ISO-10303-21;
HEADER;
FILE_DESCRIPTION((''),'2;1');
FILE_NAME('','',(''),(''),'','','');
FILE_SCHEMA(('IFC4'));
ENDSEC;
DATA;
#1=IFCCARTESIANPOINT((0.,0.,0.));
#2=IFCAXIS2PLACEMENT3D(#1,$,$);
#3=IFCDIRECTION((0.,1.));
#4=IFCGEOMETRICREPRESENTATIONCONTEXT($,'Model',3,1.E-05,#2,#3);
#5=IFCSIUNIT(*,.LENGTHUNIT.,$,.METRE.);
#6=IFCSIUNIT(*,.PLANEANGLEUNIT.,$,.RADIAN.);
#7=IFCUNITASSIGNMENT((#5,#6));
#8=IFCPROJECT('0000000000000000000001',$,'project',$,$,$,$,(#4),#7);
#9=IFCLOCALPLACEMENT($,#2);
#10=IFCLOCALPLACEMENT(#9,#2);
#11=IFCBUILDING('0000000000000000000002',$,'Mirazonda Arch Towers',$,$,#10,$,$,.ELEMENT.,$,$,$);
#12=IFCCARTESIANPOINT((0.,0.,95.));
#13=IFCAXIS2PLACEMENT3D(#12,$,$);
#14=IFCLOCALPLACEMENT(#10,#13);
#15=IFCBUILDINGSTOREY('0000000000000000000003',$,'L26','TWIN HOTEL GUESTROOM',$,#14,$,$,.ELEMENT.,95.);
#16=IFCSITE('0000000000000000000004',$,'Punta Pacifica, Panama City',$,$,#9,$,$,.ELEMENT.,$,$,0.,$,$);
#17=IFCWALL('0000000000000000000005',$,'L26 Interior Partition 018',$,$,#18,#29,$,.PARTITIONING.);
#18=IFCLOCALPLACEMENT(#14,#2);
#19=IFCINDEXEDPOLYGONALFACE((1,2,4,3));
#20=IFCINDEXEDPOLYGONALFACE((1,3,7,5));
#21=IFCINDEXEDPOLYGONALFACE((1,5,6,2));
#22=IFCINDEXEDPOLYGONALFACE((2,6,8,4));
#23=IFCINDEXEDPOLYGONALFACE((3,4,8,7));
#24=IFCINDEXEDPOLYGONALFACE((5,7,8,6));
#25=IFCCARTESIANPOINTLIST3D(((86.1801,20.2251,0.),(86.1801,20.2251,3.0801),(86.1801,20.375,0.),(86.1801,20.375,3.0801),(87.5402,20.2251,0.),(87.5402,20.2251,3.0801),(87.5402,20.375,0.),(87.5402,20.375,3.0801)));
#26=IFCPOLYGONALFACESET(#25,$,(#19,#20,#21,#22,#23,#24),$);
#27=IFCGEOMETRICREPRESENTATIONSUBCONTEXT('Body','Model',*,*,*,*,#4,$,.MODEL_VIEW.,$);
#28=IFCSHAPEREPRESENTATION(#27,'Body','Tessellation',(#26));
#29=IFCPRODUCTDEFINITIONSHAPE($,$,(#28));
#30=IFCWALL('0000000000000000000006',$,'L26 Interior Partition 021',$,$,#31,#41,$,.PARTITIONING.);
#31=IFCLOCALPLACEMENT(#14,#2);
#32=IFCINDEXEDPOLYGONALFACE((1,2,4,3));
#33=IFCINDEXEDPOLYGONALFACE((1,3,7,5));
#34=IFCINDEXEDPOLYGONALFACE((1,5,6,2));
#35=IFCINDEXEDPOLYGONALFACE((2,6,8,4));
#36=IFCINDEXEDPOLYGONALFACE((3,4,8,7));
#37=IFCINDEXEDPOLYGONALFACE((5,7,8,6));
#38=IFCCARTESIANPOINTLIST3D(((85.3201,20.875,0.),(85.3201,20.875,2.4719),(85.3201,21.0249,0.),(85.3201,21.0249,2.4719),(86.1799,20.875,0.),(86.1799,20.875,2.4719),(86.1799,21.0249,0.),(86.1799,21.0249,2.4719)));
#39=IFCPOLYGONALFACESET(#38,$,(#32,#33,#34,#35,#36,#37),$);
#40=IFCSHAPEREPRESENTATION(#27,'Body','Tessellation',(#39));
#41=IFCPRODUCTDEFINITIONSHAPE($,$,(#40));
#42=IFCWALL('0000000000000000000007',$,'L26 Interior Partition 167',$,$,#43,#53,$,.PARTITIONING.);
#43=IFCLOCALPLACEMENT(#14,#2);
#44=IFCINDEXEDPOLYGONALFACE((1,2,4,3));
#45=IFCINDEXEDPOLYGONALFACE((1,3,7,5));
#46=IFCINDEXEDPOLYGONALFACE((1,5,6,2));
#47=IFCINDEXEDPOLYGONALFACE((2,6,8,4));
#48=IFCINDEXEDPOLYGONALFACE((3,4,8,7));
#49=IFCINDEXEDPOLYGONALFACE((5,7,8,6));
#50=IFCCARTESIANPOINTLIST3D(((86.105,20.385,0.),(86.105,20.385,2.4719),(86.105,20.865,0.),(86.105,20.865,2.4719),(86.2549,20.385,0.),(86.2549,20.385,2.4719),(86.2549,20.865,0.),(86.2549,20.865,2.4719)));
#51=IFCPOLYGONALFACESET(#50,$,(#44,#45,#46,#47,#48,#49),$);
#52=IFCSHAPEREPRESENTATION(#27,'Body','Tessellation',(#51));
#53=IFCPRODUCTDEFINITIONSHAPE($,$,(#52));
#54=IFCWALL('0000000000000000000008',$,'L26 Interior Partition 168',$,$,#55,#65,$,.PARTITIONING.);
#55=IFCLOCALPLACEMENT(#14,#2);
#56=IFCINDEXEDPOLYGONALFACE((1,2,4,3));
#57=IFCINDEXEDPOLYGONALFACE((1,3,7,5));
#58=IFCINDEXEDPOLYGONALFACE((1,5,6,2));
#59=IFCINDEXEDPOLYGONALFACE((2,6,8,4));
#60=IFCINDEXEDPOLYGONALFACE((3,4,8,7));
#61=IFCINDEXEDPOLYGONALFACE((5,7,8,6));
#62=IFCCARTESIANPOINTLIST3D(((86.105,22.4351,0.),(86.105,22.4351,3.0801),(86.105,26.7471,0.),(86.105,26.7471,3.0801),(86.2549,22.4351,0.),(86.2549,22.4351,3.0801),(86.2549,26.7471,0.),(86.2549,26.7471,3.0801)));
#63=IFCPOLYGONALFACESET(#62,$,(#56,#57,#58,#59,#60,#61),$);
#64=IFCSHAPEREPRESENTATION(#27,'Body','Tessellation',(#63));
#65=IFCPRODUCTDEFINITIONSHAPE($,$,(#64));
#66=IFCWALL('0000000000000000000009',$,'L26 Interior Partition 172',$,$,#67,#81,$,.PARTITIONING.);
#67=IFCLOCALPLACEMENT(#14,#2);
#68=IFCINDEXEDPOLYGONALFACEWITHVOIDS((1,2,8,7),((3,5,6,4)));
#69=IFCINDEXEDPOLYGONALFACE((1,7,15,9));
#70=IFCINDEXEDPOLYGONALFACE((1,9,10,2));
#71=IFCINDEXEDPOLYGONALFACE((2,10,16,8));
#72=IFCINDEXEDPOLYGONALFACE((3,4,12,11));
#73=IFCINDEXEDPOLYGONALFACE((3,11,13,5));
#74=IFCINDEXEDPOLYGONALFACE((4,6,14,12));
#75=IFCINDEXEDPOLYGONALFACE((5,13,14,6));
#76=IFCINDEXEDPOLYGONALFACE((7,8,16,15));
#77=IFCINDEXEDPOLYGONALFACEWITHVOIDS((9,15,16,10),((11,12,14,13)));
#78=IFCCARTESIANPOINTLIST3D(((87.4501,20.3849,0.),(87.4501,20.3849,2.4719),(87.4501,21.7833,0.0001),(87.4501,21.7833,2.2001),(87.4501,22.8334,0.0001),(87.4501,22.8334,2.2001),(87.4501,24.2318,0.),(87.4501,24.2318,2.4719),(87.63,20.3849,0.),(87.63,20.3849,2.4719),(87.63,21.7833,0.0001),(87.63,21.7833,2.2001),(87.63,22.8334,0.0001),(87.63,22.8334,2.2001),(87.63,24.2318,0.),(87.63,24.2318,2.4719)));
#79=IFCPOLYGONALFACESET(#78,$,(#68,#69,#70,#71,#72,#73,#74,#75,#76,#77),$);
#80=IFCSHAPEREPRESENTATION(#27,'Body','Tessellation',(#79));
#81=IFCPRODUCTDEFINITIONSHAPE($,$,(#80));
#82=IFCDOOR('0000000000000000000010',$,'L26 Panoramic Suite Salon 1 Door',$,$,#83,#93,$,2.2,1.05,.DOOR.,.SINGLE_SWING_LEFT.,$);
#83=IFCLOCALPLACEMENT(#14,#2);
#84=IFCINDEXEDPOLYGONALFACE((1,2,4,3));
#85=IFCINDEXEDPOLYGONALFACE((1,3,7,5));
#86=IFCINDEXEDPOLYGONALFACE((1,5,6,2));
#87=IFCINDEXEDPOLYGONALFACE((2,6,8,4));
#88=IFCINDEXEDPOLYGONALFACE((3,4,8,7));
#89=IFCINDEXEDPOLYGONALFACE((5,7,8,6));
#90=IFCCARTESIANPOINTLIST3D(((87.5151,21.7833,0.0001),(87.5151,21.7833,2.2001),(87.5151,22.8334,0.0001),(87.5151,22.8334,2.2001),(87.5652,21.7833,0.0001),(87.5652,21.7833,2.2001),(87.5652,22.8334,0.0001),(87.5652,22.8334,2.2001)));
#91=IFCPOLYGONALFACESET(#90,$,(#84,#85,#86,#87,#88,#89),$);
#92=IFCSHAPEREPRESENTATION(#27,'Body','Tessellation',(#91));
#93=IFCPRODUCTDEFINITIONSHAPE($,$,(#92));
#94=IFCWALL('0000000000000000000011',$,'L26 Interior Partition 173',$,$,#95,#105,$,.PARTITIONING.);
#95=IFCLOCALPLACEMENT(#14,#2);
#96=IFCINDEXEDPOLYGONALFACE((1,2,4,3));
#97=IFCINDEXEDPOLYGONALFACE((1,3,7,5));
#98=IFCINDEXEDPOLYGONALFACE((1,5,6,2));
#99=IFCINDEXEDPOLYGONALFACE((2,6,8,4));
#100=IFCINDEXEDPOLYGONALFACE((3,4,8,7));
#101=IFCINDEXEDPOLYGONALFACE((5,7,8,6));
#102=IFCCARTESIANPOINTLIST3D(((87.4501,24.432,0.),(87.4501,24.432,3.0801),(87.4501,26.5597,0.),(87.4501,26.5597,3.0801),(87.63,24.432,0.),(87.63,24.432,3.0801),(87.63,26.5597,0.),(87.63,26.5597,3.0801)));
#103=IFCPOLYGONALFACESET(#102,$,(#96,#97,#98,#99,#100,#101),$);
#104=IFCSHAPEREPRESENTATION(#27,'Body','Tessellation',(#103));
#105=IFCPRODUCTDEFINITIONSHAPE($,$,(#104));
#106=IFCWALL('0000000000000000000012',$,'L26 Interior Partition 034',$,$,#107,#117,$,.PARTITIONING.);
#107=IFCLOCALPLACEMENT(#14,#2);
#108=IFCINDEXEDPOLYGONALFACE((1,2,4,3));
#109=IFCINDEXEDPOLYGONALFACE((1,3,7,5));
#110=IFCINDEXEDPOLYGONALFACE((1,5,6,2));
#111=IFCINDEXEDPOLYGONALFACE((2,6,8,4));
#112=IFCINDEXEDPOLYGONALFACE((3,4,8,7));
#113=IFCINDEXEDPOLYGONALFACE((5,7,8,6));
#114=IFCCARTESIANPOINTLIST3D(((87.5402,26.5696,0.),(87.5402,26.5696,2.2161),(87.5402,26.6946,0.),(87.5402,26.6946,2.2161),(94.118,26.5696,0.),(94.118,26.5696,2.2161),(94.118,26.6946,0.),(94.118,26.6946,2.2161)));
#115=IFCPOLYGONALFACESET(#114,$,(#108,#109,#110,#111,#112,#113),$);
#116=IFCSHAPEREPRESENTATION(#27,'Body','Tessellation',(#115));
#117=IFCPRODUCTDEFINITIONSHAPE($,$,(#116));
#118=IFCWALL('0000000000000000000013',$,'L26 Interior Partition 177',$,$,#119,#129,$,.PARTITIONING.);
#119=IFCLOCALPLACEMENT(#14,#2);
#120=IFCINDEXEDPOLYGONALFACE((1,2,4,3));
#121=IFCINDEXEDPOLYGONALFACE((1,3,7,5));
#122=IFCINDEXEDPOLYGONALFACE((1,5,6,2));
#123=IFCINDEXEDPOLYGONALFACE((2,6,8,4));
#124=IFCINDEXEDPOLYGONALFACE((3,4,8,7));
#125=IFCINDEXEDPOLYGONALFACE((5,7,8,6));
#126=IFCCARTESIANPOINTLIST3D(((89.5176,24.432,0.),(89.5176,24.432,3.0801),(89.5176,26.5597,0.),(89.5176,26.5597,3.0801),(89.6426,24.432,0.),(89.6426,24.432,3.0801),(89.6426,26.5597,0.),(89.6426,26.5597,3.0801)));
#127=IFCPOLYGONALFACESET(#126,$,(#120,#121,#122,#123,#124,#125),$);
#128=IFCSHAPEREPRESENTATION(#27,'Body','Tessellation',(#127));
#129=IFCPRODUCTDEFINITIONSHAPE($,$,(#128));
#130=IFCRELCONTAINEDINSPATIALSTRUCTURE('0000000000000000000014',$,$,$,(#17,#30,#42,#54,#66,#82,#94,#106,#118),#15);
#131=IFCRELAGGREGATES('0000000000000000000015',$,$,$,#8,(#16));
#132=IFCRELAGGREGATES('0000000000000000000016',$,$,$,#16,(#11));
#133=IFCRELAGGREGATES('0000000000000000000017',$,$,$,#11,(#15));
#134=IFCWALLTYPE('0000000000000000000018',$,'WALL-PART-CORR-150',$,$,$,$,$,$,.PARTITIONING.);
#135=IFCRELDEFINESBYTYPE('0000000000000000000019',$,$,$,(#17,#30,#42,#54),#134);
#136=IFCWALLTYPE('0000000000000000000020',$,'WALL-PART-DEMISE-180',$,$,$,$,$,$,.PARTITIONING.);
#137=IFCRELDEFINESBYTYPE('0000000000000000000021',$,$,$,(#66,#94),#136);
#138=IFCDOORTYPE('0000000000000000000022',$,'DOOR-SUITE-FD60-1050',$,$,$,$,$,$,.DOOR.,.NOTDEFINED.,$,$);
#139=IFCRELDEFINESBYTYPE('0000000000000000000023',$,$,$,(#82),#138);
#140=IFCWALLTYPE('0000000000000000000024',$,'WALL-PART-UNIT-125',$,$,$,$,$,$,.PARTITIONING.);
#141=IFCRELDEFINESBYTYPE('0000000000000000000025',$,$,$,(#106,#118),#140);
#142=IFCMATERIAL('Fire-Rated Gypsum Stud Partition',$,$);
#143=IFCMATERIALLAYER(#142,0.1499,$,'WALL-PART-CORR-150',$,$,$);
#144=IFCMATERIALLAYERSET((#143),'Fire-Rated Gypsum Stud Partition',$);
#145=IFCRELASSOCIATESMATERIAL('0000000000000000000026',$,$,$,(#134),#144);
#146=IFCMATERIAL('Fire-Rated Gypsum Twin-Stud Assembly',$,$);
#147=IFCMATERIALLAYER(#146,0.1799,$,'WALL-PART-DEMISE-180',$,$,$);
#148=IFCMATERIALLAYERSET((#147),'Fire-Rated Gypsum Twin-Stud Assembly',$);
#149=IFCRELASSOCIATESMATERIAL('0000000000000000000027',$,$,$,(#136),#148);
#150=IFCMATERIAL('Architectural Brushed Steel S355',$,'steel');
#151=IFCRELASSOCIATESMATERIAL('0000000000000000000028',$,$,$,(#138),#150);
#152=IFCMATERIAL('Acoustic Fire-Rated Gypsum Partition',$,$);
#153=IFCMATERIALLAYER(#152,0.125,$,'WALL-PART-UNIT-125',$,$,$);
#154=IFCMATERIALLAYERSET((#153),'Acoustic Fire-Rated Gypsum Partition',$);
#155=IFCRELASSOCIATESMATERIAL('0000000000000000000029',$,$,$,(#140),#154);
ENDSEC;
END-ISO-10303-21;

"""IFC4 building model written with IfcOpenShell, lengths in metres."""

from ifc_helpers import new_model, si_unit, direction, frame, frame_2d, origin, place, context, subcontext, project, spatial, rectangle, extrude, material, layer, layer_set, type_object, element, fill, save


model = new_model("IFC4")

# Units and contexts
model_context = context("Model", 3, precision=1e-05, world=origin(), true_north=direction((0.0, 1.0)))
body_context = subcontext(model_context, "Body", "Model", "MODEL_VIEW")
ifc_project = project(units=[si_unit("LENGTHUNIT", "METRE"), si_unit("PLANEANGLEUNIT", "RADIAN")], contexts=[model_context])

# Site, building, storey
site_placement = place(None, origin())
site = spatial("IfcSite", under=ifc_project, at=site_placement, Name="Punta Pacifica, Panama City", CompositionType="ELEMENT", RefElevation=0.0)
building_placement = place(site_placement, origin())
building = spatial("IfcBuilding", under=site, at=building_placement, Name="Mirazonda Arch Towers", CompositionType="ELEMENT")
storey_placement = place(building_placement, frame((0.0, 0.0, 95.0)))
storey = spatial("IfcBuildingStorey", under=building, at=storey_placement, Name="L26", Description="TWIN HOTEL GUESTROOM", CompositionType="ELEMENT", Elevation=95.0)

# Walls
ifc_material_1 = material(Name="Fire-Rated Gypsum Stud Partition")
ifc_layer_1 = layer(ifc_material_1, 0.1499, Name="WALL-PART-CORR-150")
ifc_layer_set_1 = layer_set([ifc_layer_1], Name="Fire-Rated Gypsum Stud Partition")
wall_type_1 = type_object("IfcWallType", Name="WALL-PART-CORR-150", PredefinedType="PARTITIONING", material=ifc_layer_set_1)
wall_1_placement = place(storey_placement, frame((86.1799, 20.3, 0.0), z_axis=(0.0, 0.0, 1.0), x_axis=(1.0, 0.0, 0.0)))
element("IfcWall", 1, at=wall_1_placement, inside=storey, type_object=wall_type_1, Name="L26 Interior Partition 018", PredefinedType="PARTITIONING", context=body_context, shape_type="SweptSolid", body=[
    extrude(rectangle(XDim=1.3601, YDim=0.1499, at=frame_2d((0.6802, 0.0))), origin(), (0.0, 0.0, 1.0), 3.0801),
])
wall_2_placement = place(storey_placement, frame((85.3201, 20.95, 0.0), z_axis=(0.0, 0.0, 1.0), x_axis=(1.0, 0.0, 0.0)))
element("IfcWall", 2, at=wall_2_placement, inside=storey, type_object=wall_type_1, Name="L26 Interior Partition 021", PredefinedType="PARTITIONING", context=body_context, shape_type="SweptSolid", body=[
    extrude(rectangle(XDim=0.8599, YDim=0.1499, at=frame_2d((0.4299, 0.0))), origin(), (0.0, 0.0, 1.0), 2.4719),
])
wall_3_placement = place(storey_placement, frame((86.1799, 20.385, 0.0), z_axis=(0.0, 0.0, 1.0), x_axis=(0.0, 1.0, 0.0)))
element("IfcWall", 3, at=wall_3_placement, inside=storey, type_object=wall_type_1, Name="L26 Interior Partition 167", PredefinedType="PARTITIONING", context=body_context, shape_type="SweptSolid", body=[
    extrude(rectangle(XDim=0.48, YDim=0.1499, at=frame_2d((0.24, 0.0))), origin(), (0.0, 0.0, 1.0), 2.4719),
])
wall_4_placement = place(storey_placement, frame((86.1799, 22.4351, 0.0), z_axis=(0.0, 0.0, 1.0), x_axis=(0.0, 1.0, 0.0)))
element("IfcWall", 4, at=wall_4_placement, inside=storey, type_object=wall_type_1, Name="L26 Interior Partition 168", PredefinedType="PARTITIONING", context=body_context, shape_type="SweptSolid", body=[
    extrude(rectangle(XDim=4.312, YDim=0.1499, at=frame_2d((2.156, 0.0))), origin(), (0.0, 0.0, 1.0), 3.0801),
])

# Shared definitions
ifc_material_2 = material(Name="Fire-Rated Gypsum Twin-Stud Assembly")
ifc_layer_2 = layer(ifc_material_2, 0.1799, Name="WALL-PART-DEMISE-180")
ifc_layer_set_2 = layer_set([ifc_layer_2], Name="Fire-Rated Gypsum Twin-Stud Assembly")
wall_type_2 = type_object("IfcWallType", Name="WALL-PART-DEMISE-180", PredefinedType="PARTITIONING", material=ifc_layer_set_2)
ifc_material_3 = material(Name="Architectural Brushed Steel S355", Category="steel")

# Wall, opening, door
wall_5_placement = place(storey_placement, frame((87.54, 20.385, 0.0), z_axis=(0.0, 0.0, 1.0), x_axis=(0.0, 1.0, 0.0)))
wall_5 = element("IfcWall", 5, at=wall_5_placement, inside=storey, type_object=wall_type_2, Name="L26 Interior Partition 172", PredefinedType="PARTITIONING", context=body_context, shape_type="SweptSolid", body=[
    extrude(rectangle(XDim=3.8469, YDim=0.1799, at=frame_2d((1.9233, 0.0))), origin(), (0.0, 0.0, 1.0), 2.4719),
])
opening_1_placement = place(wall_5_placement, frame((1.3984, 0.0, 0.0)))
opening_1 = element("IfcOpeningElement", 6, at=opening_1_placement, cuts=wall_5, PredefinedType="OPENING", context=body_context, shape_type="SweptSolid", body=[
    extrude(rectangle(XDim=1.05, YDim=2.2, at=frame_2d((0.5249, 1.1001))), frame((0.0, 0.0999, 0.0), z_axis=(0.0, -1.0, 0.0), x_axis=(1.0, 0.0, 0.0)), (0.0, 0.0, 1.0), 0.2),
])
door_type_1 = type_object("IfcDoorType", Name="DOOR-SUITE-FD60-1050", OperationType="NOTDEFINED", PredefinedType="DOOR", material=ifc_material_3)
door_1_placement = place(opening_1_placement, origin())
door_1 = element("IfcDoor", 7, at=door_1_placement, inside=storey, type_object=door_type_1, Name="L26 Panoramic Suite Salon 1 Door", OperationType="SINGLE_SWING_LEFT", OverallHeight=2.2, OverallWidth=1.05, PredefinedType="DOOR", context=body_context, shape_type="SweptSolid", body=[
    extrude(rectangle(XDim=1.05, YDim=2.2, at=frame_2d((0.5249, 1.1001))), frame((0.0, 0.0249, 0.0), z_axis=(0.0, -1.0, 0.0), x_axis=(1.0, 0.0, 0.0)), (0.0, 0.0, 1.0), 0.05),
])
fill(opening_1, door_1)

# Walls
wall_6_placement = place(storey_placement, frame((87.54, 24.4319, 0.0), z_axis=(0.0, 0.0, 1.0), x_axis=(0.0, 1.0, 0.0)))
element("IfcWall", 8, at=wall_6_placement, inside=storey, type_object=wall_type_2, Name="L26 Interior Partition 173", PredefinedType="PARTITIONING", context=body_context, shape_type="SweptSolid", body=[
    extrude(rectangle(XDim=2.1277, YDim=0.1799, at=frame_2d((1.064, 0.0))), origin(), (0.0, 0.0, 1.0), 3.0801),
])
ifc_material_4 = material(Name="Acoustic Fire-Rated Gypsum Partition")
ifc_layer_3 = layer(ifc_material_4, 0.125, Name="WALL-PART-UNIT-125")
ifc_layer_set_3 = layer_set([ifc_layer_3], Name="Acoustic Fire-Rated Gypsum Partition")
wall_type_3 = type_object("IfcWallType", Name="WALL-PART-UNIT-125", PredefinedType="PARTITIONING", material=ifc_layer_set_3)
wall_7_placement = place(storey_placement, frame((87.54, 26.6321, 0.0), z_axis=(0.0, 0.0, 1.0), x_axis=(1.0, 0.0, 0.0)))
element("IfcWall", 9, at=wall_7_placement, inside=storey, type_object=wall_type_3, Name="L26 Interior Partition 034", PredefinedType="PARTITIONING", context=body_context, shape_type="SweptSolid", body=[
    extrude(rectangle(XDim=6.5779, YDim=0.125, at=frame_2d((3.2891, 0.0))), origin(), (0.0, 0.0, 1.0), 2.2161),
])
wall_8_placement = place(storey_placement, frame((89.5801, 24.4319, 0.0), z_axis=(0.0, 0.0, 1.0), x_axis=(0.0, 1.0, 0.0)))
element("IfcWall", 10, at=wall_8_placement, inside=storey, type_object=wall_type_3, Name="L26 Interior Partition 177", PredefinedType="PARTITIONING", context=body_context, shape_type="SweptSolid", body=[
    extrude(rectangle(XDim=2.1277, YDim=0.125, at=frame_2d((1.064, 0.0))), origin(), (0.0, 0.0, 1.0), 3.0801),
])

save(model, "model.ifc")
